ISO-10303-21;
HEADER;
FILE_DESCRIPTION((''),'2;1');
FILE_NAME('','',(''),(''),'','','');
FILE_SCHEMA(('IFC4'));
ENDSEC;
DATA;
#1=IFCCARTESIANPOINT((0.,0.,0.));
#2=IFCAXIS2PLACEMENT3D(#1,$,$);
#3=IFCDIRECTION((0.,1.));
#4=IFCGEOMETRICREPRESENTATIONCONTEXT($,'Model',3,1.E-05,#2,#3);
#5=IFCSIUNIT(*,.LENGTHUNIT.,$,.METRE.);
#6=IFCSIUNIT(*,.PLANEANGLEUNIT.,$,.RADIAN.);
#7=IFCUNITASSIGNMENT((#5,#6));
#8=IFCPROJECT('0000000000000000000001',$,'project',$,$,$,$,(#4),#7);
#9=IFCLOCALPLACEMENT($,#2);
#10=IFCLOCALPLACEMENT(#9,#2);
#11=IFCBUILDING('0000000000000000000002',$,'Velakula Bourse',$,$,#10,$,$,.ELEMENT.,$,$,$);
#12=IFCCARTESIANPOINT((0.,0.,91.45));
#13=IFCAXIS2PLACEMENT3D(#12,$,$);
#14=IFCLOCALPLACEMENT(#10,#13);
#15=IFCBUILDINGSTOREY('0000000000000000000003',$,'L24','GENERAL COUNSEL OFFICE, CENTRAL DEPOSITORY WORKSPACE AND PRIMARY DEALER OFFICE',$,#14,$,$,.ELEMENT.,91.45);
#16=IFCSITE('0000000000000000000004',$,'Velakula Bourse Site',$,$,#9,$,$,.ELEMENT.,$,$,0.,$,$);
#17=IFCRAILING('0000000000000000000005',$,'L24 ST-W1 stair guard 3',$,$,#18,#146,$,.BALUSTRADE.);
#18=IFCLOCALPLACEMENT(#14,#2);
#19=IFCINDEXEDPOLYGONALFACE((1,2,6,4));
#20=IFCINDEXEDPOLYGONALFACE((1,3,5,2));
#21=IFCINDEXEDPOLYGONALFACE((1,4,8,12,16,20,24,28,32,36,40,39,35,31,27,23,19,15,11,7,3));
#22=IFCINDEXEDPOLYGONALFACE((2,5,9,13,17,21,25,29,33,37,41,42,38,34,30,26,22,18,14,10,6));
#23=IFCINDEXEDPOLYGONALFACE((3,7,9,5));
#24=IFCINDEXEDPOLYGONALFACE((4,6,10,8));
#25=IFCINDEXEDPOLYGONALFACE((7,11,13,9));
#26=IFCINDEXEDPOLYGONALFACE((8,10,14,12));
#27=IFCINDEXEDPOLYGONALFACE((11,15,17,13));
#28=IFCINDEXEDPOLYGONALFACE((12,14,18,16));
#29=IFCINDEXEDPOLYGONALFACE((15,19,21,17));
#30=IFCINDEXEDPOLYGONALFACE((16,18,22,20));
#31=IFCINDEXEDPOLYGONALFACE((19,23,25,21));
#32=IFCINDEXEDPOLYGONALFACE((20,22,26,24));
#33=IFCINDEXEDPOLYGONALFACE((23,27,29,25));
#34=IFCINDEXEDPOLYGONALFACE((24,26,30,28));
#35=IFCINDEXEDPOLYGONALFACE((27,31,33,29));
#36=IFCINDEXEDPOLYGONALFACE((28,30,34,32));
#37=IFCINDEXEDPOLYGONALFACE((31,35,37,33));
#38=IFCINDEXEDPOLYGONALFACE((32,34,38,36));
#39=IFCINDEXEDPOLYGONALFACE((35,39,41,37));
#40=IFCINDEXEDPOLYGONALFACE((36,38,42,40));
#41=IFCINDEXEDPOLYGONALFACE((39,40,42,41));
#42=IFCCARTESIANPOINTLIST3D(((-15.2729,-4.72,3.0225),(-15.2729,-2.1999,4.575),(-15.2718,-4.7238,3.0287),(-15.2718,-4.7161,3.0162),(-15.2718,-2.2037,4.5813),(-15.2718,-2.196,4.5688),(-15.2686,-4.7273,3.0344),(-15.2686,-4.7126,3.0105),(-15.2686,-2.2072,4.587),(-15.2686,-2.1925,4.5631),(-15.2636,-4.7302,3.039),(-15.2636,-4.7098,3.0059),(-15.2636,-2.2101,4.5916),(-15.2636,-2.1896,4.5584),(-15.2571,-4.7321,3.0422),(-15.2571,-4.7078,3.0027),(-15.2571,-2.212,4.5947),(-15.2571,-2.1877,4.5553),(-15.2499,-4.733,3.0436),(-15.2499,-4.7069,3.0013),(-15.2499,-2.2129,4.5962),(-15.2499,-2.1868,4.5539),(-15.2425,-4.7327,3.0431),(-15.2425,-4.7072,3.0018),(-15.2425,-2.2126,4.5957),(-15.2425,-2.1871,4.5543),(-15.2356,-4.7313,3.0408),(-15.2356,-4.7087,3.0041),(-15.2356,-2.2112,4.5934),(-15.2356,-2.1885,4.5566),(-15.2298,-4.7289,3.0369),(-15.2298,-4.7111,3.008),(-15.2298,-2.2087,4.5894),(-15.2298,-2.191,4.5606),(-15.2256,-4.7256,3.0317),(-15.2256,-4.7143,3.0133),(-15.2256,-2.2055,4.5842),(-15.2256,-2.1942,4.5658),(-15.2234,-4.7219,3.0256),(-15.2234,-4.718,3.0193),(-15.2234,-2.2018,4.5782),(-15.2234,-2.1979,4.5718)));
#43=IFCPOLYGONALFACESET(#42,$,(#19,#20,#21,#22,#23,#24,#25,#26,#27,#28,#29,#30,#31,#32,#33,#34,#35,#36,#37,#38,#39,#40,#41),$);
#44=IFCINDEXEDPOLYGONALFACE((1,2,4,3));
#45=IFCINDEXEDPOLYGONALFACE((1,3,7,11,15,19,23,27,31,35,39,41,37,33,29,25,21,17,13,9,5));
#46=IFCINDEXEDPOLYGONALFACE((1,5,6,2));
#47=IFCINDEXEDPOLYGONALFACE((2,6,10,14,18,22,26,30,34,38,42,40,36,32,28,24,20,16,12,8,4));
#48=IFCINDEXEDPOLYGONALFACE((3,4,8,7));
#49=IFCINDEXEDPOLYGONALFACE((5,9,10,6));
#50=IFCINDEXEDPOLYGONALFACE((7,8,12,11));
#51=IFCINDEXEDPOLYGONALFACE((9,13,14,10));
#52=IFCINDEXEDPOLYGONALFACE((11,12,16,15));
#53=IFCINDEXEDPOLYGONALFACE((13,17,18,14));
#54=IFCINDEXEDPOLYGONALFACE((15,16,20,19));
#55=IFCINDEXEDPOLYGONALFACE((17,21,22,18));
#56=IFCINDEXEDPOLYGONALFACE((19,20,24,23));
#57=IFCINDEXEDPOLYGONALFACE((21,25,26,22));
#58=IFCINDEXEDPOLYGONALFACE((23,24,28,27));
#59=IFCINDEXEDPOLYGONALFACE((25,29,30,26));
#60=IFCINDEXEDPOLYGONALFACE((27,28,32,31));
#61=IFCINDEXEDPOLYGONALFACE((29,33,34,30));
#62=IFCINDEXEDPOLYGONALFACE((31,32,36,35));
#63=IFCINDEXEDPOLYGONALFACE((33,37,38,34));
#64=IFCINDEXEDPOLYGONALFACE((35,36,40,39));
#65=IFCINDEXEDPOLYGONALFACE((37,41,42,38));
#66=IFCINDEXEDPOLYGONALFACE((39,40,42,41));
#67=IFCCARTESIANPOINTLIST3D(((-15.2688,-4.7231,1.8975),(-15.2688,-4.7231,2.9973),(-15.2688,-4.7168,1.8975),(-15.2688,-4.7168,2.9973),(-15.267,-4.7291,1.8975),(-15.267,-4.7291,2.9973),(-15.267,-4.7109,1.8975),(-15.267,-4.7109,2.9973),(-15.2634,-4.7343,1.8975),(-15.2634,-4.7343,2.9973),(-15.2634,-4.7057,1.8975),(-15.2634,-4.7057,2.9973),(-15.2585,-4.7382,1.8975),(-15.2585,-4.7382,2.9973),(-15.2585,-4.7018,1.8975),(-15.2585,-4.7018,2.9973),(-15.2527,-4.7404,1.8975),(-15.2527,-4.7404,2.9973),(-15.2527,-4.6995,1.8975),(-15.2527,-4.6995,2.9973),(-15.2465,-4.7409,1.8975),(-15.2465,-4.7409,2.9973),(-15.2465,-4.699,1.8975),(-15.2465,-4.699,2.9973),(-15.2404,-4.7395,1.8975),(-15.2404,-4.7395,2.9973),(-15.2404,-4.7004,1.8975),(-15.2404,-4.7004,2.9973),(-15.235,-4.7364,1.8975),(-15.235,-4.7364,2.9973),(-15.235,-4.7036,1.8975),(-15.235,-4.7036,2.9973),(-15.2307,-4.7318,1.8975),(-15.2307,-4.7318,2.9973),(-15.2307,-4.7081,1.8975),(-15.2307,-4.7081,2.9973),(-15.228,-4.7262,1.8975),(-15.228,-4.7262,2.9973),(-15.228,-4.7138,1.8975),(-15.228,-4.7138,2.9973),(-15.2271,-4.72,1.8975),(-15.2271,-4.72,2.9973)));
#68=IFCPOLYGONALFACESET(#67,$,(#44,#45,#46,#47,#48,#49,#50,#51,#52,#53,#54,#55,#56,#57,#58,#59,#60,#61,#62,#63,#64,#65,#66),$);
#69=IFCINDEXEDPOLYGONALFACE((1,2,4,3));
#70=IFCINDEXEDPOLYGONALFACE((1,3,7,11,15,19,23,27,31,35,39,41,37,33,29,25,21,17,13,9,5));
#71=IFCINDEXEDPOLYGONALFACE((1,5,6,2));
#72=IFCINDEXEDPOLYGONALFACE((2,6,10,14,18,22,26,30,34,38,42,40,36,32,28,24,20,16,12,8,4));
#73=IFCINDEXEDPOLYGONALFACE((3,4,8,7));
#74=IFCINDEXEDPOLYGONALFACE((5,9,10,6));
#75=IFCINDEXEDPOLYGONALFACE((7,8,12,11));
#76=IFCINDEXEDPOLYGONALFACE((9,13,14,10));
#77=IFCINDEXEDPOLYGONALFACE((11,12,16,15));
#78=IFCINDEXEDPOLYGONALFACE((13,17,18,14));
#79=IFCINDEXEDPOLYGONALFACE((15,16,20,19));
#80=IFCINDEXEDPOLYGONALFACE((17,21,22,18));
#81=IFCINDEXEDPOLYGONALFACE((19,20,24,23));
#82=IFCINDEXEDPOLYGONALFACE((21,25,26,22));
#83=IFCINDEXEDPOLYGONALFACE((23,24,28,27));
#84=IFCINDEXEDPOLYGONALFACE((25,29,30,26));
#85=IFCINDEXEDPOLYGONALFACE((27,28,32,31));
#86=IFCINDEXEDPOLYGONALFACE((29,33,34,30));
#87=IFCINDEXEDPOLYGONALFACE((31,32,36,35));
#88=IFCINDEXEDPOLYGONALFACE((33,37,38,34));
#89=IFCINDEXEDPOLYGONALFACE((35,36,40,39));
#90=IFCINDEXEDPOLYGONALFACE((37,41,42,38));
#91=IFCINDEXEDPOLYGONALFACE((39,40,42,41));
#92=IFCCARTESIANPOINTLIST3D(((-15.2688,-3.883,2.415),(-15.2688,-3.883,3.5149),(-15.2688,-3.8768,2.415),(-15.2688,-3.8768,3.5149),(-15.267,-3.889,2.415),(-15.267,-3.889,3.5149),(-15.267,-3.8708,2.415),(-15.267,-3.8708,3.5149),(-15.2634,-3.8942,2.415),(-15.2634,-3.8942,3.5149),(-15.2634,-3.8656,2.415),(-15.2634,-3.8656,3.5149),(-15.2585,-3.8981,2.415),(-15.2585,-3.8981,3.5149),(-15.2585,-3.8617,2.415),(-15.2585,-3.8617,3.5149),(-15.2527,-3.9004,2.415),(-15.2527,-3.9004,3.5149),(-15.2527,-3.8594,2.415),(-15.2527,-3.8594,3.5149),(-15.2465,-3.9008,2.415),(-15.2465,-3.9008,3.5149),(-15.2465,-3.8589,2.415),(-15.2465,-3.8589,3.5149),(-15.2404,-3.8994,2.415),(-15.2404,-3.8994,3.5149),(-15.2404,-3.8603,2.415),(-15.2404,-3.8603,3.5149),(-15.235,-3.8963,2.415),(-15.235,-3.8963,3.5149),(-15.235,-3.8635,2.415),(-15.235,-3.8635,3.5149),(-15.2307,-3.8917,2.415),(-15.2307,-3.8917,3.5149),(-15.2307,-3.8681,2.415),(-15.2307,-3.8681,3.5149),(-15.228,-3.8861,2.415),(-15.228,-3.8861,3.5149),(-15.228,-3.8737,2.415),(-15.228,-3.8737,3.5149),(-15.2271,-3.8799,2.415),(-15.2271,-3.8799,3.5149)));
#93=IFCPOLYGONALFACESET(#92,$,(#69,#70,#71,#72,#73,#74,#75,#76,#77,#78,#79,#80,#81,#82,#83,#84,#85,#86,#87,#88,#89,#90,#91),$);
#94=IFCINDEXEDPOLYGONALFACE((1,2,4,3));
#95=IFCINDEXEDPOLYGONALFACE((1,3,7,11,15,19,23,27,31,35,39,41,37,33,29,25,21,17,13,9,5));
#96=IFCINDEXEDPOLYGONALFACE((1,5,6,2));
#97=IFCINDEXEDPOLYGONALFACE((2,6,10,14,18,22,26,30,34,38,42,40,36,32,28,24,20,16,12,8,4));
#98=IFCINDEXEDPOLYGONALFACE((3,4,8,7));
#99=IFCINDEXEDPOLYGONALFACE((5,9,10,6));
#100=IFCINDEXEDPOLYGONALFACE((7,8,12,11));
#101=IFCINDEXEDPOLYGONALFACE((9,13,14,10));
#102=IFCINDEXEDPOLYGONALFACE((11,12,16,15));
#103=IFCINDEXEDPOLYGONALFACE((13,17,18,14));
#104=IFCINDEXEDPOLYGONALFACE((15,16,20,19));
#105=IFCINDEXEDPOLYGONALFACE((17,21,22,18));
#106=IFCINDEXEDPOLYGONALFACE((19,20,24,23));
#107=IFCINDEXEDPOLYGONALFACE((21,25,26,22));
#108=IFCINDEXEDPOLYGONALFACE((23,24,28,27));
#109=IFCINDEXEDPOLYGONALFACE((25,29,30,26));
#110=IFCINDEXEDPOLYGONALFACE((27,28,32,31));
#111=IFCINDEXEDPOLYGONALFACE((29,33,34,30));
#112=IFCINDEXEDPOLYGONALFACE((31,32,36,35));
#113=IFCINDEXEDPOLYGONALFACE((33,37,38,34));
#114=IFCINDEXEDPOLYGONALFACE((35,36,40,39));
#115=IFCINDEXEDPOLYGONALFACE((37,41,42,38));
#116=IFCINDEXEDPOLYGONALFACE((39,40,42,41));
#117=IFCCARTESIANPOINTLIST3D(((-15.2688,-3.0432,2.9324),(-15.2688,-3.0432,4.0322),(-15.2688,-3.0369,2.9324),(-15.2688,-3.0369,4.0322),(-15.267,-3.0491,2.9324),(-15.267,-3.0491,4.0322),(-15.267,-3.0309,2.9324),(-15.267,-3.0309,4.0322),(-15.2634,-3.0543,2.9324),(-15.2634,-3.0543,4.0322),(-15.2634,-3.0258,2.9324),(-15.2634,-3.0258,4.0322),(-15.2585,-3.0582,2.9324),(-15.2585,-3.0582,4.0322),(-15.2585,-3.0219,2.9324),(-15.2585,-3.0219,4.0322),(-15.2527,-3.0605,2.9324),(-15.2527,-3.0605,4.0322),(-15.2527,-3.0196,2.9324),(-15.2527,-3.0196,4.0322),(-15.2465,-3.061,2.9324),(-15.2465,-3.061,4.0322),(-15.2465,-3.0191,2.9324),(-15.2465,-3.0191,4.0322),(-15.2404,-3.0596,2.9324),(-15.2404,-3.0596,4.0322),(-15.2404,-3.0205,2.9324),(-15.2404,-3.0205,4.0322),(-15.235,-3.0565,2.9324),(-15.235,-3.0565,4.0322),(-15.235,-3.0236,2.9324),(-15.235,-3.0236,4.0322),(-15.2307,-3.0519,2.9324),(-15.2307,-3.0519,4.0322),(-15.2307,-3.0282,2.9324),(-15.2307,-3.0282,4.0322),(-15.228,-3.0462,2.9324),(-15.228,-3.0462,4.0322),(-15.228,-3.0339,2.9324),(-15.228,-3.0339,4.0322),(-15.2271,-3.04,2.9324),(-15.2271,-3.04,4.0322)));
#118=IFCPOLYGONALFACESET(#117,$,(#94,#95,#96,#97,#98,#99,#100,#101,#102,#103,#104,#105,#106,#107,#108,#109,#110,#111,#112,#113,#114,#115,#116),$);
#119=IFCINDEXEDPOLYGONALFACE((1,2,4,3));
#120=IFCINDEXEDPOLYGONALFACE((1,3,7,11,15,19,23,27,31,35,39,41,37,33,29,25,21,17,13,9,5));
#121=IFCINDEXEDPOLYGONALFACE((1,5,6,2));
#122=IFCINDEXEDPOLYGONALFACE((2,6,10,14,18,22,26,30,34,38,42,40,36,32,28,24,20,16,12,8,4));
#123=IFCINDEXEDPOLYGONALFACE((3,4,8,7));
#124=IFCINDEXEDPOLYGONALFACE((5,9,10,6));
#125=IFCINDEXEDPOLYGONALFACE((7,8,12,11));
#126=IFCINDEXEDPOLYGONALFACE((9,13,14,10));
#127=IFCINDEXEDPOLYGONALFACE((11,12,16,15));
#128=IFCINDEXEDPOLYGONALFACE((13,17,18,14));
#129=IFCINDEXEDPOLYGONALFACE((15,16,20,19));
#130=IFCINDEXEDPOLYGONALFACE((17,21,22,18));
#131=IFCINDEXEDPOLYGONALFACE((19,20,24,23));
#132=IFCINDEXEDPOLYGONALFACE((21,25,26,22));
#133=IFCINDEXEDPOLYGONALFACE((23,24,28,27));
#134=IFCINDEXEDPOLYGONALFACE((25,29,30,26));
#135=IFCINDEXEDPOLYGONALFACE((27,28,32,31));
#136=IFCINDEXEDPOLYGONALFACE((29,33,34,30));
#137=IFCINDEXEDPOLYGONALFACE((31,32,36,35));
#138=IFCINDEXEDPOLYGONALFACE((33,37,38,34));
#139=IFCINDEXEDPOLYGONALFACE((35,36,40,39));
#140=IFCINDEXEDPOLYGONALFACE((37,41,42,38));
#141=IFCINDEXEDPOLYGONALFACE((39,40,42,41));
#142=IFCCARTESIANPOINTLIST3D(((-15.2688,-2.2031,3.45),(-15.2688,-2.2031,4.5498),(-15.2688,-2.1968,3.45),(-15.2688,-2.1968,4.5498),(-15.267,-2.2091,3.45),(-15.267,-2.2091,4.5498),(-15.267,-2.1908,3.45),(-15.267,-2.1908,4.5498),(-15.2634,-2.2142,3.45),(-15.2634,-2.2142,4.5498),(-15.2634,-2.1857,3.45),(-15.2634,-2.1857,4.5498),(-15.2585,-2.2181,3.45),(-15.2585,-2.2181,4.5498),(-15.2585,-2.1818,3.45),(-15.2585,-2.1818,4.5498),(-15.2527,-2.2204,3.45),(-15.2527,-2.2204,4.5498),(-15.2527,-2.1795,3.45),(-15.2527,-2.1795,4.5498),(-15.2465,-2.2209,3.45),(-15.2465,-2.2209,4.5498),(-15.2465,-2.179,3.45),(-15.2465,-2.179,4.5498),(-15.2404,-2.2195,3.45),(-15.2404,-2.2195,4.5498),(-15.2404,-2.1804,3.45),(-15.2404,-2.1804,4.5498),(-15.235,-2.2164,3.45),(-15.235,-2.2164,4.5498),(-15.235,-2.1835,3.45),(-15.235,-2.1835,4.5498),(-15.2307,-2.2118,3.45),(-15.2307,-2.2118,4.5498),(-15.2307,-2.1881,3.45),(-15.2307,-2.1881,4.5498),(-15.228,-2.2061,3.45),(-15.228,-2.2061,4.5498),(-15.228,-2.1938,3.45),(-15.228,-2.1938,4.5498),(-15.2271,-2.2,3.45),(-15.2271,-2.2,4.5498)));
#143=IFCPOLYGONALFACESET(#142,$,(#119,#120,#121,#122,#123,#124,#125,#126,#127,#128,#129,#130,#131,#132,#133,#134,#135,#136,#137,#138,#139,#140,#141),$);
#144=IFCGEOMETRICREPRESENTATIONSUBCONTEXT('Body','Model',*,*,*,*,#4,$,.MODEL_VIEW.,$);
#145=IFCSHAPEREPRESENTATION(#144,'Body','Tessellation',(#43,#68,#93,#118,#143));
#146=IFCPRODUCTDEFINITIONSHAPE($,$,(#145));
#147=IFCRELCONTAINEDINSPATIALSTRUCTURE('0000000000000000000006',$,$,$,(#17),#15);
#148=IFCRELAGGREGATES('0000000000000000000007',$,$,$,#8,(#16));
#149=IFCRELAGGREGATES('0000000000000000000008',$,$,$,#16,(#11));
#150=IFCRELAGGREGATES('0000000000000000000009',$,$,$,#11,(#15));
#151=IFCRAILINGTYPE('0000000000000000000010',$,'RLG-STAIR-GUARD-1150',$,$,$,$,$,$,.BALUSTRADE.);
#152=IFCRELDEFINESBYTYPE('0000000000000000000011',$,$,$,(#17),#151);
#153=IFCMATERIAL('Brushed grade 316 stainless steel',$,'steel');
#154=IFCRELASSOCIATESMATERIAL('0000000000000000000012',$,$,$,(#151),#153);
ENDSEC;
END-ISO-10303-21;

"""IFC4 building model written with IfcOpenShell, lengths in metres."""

from ifc_helpers import new_model, si_unit, direction, frame, origin, origin_2d, place, context, subcontext, project, spatial, circle, extrude, material, type_object, element, save


model = new_model("IFC4")

# Units and contexts
model_context = context("Model", 3, precision=1e-05, world=origin(), true_north=direction((0.0, 1.0)))
body_context = subcontext(model_context, "Body", "Model", "MODEL_VIEW")
ifc_project = project(units=[si_unit("LENGTHUNIT", "METRE"), si_unit("PLANEANGLEUNIT", "RADIAN")], contexts=[model_context])

# Site, building, storey
site_placement = place(None, origin())
site = spatial("IfcSite", under=ifc_project, at=site_placement, Name="Velakula Bourse Site", CompositionType="ELEMENT", RefElevation=0.0)
building_placement = place(site_placement, origin())
building = spatial("IfcBuilding", under=site, at=building_placement, Name="Velakula Bourse", CompositionType="ELEMENT")
storey_placement = place(building_placement, frame((0.0, 0.0, 91.45)))
storey = spatial("IfcBuildingStorey", under=building, at=storey_placement, Name="L24", Description="GENERAL COUNSEL OFFICE, CENTRAL DEPOSITORY WORKSPACE AND PRIMARY DEALER OFFICE", CompositionType="ELEMENT", Elevation=91.45)

# Shared definitions
ifc_material_1 = material(Name="Brushed grade 316 stainless steel", Category="steel")

# Railing
railing_type_1 = type_object("IfcRailingType", Name="RLG-STAIR-GUARD-1150", PredefinedType="BALUSTRADE", material=ifc_material_1)
railing_1_placement = place(storey_placement, frame((-15.248, -4.72, 1.8975)))
element("IfcRailing", 1, at=railing_1_placement, inside=storey, type_object=railing_type_1, Name="L24 ST-W1 stair guard 3", PredefinedType="BALUSTRADE", context=body_context, shape_type="SweptSolid", body=[
    extrude(circle(Radius=0.0249, at=origin_2d()), frame((0.0, 0.0, 1.125), z_axis=(0.0, 0.8514, 0.524516), x_axis=(-1.0, 0.0, 0.0)), (0.0, 0.0, 1.0), 2.96),
    extrude(circle(Radius=0.021, at=origin_2d()), origin(), (0.0, 0.0, 1.0), 1.0999),
    extrude(circle(Radius=0.021, at=origin_2d()), frame((0.0, 0.8401, 0.5176)), (0.0, 0.0, 1.0), 1.0999),
    extrude(circle(Radius=0.021, at=origin_2d()), frame((0.0, 1.6799, 1.0349)), (0.0, 0.0, 1.0), 1.0999),
    extrude(circle(Radius=0.021, at=origin_2d()), frame((0.0, 2.52, 1.5525)), (0.0, 0.0, 1.0), 1.0999),
])

save(model, "model.ifc")
